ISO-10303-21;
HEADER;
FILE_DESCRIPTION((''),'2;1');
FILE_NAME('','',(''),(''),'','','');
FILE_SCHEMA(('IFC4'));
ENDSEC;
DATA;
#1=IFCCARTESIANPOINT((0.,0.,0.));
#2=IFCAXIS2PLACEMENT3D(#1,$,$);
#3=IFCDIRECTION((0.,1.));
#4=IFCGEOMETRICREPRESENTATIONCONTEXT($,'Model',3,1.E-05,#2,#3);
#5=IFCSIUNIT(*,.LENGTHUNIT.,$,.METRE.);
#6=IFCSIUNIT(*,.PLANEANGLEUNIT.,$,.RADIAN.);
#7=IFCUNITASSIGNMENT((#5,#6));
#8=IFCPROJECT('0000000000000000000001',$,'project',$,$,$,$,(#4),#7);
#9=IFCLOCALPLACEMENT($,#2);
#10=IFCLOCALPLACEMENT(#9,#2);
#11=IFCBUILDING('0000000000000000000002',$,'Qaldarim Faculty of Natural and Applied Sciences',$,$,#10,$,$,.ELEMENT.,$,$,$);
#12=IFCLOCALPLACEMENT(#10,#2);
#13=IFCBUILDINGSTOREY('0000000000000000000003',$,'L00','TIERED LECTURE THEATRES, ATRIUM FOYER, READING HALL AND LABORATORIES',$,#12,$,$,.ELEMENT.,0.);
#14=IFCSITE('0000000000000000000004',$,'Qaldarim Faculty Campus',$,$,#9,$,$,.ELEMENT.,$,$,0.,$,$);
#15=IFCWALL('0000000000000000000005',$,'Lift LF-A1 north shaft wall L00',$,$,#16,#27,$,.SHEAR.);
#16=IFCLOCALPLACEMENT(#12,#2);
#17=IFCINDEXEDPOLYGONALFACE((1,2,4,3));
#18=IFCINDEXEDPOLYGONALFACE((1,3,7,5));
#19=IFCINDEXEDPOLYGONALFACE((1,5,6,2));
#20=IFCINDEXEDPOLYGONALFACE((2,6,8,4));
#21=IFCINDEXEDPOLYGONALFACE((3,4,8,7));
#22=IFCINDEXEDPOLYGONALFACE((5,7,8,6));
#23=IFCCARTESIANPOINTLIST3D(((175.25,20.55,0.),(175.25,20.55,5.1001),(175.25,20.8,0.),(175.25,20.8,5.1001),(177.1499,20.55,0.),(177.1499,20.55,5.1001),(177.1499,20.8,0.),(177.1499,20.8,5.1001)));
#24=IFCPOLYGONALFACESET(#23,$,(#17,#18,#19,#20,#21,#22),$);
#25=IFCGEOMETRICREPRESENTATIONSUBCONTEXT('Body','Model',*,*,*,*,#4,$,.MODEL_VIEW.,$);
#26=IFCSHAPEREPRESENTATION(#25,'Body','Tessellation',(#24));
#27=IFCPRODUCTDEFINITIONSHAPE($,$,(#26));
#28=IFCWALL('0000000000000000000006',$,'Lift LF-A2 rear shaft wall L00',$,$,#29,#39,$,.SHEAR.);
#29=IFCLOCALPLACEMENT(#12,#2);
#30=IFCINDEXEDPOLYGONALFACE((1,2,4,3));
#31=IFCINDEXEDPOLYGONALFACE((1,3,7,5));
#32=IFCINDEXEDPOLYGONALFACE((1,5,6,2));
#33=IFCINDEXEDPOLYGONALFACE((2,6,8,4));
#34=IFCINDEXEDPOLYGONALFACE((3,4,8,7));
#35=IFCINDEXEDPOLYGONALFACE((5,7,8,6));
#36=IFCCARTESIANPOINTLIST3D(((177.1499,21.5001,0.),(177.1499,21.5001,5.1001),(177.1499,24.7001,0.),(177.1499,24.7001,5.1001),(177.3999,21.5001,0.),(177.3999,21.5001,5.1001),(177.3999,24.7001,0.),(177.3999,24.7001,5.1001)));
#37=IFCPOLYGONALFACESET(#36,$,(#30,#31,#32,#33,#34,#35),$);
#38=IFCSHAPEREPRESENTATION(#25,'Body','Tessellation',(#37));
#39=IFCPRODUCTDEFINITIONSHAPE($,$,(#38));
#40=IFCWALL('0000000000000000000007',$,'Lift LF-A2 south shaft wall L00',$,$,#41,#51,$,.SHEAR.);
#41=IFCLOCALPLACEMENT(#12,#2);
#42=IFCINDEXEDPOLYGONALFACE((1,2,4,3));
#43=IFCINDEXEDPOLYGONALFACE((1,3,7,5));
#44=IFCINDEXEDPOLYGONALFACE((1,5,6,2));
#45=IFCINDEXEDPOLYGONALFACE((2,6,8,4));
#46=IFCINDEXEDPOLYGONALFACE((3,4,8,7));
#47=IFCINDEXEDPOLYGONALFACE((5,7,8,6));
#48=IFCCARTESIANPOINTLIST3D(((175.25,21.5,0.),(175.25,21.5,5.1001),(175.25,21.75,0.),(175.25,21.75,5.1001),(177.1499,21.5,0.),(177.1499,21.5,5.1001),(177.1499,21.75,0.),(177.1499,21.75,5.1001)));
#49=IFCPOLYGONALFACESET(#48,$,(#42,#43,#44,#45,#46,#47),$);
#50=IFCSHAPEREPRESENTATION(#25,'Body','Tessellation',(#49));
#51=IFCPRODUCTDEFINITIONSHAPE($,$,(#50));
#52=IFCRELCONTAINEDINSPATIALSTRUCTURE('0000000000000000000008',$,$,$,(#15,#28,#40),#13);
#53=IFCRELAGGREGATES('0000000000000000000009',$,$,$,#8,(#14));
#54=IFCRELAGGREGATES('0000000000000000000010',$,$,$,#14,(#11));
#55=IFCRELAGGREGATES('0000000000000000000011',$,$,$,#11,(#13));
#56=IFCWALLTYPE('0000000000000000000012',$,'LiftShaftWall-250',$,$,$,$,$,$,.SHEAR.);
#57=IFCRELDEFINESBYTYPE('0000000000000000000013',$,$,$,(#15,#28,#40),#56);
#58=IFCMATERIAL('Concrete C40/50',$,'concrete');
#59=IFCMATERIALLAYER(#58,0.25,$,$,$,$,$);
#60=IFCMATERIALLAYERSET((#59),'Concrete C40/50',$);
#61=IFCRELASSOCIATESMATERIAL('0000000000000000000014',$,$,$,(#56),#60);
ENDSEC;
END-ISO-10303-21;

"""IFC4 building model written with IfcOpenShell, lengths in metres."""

from ifc_helpers import new_model, si_unit, direction, frame, frame_2d, origin, place, context, subcontext, project, spatial, rectangle, extrude, material, layer, layer_set, type_object, element, save


model = new_model("IFC4")

# Units and contexts
model_context = context("Model", 3, precision=1e-05, world=origin(), true_north=direction((0.0, 1.0)))
body_context = subcontext(model_context, "Body", "Model", "MODEL_VIEW")
ifc_project = project(units=[si_unit("LENGTHUNIT", "METRE"), si_unit("PLANEANGLEUNIT", "RADIAN")], contexts=[model_context])

# Site, building, storey
site_placement = place(None, origin())
site = spatial("IfcSite", under=ifc_project, at=site_placement, Name="Qaldarim Faculty Campus", CompositionType="ELEMENT", RefElevation=0.0)
building_placement = place(site_placement, origin())
building = spatial("IfcBuilding", under=site, at=building_placement, Name="Qaldarim Faculty of Natural and Applied Sciences", CompositionType="ELEMENT")
storey_placement = place(building_placement, origin())
storey = spatial("IfcBuildingStorey", under=building, at=storey_placement, Name="L00", Description="TIERED LECTURE THEATRES, ATRIUM FOYER, READING HALL AND LABORATORIES", CompositionType="ELEMENT", Elevation=0.0)

# Shared definitions
ifc_material_1 = material(Name="Concrete C40/50", Category="concrete")
ifc_layer_1 = layer(ifc_material_1, 0.25)
ifc_layer_set_1 = layer_set([ifc_layer_1], Name="Concrete C40/50")
wall_type = type_object("IfcWallType", Name="LiftShaftWall-250", PredefinedType="SHEAR", material=ifc_layer_set_1)

# Wall
for number, where, z_axis, x_axis, name in (
    (1, (175.25, 20.675, 0.0), (0.0, 0.0, 1.0), (1.0, 0.0, 0.0), "Lift LF-A1 north shaft wall L00"),
):
    element("IfcWall", number, at=place(storey_placement, frame(where, z_axis=z_axis, x_axis=x_axis)), inside=storey, type_object=wall_type, Name=name, PredefinedType="SHEAR", context=body_context, shape_type="SweptSolid", body=[
        extrude(rectangle(XDim=1.8999, YDim=0.25, at=frame_2d((0.95, 0.0))), origin(), (0.0, 0.0, 1.0), 5.1001),
    ])

# Walls
wall_1_placement = place(storey_placement, frame((177.2749, 21.5, 0.0), z_axis=(0.0, 0.0, 1.0), x_axis=(0.0, 1.0, 0.0)))
element("IfcWall", 2, at=wall_1_placement, inside=storey, type_object=wall_type, Name="Lift LF-A2 rear shaft wall L00", PredefinedType="SHEAR", context=body_context, shape_type="SweptSolid", body=[
    extrude(rectangle(XDim=3.2, YDim=0.25, at=frame_2d((1.6001, 0.0))), origin(), (0.0, 0.0, 1.0), 5.1001),
])
wall_2_placement = place(storey_placement, frame((175.25, 21.625, 0.0), z_axis=(0.0, 0.0, 1.0), x_axis=(1.0, 0.0, 0.0)))
element("IfcWall", 3, at=wall_2_placement, inside=storey, type_object=wall_type, Name="Lift LF-A2 south shaft wall L00", PredefinedType="SHEAR", context=body_context, shape_type="SweptSolid", body=[
    extrude(rectangle(XDim=1.8999, YDim=0.25, at=frame_2d((0.95, 0.0))), origin(), (0.0, 0.0, 1.0), 5.1001),
])

save(model, "model.ifc")
